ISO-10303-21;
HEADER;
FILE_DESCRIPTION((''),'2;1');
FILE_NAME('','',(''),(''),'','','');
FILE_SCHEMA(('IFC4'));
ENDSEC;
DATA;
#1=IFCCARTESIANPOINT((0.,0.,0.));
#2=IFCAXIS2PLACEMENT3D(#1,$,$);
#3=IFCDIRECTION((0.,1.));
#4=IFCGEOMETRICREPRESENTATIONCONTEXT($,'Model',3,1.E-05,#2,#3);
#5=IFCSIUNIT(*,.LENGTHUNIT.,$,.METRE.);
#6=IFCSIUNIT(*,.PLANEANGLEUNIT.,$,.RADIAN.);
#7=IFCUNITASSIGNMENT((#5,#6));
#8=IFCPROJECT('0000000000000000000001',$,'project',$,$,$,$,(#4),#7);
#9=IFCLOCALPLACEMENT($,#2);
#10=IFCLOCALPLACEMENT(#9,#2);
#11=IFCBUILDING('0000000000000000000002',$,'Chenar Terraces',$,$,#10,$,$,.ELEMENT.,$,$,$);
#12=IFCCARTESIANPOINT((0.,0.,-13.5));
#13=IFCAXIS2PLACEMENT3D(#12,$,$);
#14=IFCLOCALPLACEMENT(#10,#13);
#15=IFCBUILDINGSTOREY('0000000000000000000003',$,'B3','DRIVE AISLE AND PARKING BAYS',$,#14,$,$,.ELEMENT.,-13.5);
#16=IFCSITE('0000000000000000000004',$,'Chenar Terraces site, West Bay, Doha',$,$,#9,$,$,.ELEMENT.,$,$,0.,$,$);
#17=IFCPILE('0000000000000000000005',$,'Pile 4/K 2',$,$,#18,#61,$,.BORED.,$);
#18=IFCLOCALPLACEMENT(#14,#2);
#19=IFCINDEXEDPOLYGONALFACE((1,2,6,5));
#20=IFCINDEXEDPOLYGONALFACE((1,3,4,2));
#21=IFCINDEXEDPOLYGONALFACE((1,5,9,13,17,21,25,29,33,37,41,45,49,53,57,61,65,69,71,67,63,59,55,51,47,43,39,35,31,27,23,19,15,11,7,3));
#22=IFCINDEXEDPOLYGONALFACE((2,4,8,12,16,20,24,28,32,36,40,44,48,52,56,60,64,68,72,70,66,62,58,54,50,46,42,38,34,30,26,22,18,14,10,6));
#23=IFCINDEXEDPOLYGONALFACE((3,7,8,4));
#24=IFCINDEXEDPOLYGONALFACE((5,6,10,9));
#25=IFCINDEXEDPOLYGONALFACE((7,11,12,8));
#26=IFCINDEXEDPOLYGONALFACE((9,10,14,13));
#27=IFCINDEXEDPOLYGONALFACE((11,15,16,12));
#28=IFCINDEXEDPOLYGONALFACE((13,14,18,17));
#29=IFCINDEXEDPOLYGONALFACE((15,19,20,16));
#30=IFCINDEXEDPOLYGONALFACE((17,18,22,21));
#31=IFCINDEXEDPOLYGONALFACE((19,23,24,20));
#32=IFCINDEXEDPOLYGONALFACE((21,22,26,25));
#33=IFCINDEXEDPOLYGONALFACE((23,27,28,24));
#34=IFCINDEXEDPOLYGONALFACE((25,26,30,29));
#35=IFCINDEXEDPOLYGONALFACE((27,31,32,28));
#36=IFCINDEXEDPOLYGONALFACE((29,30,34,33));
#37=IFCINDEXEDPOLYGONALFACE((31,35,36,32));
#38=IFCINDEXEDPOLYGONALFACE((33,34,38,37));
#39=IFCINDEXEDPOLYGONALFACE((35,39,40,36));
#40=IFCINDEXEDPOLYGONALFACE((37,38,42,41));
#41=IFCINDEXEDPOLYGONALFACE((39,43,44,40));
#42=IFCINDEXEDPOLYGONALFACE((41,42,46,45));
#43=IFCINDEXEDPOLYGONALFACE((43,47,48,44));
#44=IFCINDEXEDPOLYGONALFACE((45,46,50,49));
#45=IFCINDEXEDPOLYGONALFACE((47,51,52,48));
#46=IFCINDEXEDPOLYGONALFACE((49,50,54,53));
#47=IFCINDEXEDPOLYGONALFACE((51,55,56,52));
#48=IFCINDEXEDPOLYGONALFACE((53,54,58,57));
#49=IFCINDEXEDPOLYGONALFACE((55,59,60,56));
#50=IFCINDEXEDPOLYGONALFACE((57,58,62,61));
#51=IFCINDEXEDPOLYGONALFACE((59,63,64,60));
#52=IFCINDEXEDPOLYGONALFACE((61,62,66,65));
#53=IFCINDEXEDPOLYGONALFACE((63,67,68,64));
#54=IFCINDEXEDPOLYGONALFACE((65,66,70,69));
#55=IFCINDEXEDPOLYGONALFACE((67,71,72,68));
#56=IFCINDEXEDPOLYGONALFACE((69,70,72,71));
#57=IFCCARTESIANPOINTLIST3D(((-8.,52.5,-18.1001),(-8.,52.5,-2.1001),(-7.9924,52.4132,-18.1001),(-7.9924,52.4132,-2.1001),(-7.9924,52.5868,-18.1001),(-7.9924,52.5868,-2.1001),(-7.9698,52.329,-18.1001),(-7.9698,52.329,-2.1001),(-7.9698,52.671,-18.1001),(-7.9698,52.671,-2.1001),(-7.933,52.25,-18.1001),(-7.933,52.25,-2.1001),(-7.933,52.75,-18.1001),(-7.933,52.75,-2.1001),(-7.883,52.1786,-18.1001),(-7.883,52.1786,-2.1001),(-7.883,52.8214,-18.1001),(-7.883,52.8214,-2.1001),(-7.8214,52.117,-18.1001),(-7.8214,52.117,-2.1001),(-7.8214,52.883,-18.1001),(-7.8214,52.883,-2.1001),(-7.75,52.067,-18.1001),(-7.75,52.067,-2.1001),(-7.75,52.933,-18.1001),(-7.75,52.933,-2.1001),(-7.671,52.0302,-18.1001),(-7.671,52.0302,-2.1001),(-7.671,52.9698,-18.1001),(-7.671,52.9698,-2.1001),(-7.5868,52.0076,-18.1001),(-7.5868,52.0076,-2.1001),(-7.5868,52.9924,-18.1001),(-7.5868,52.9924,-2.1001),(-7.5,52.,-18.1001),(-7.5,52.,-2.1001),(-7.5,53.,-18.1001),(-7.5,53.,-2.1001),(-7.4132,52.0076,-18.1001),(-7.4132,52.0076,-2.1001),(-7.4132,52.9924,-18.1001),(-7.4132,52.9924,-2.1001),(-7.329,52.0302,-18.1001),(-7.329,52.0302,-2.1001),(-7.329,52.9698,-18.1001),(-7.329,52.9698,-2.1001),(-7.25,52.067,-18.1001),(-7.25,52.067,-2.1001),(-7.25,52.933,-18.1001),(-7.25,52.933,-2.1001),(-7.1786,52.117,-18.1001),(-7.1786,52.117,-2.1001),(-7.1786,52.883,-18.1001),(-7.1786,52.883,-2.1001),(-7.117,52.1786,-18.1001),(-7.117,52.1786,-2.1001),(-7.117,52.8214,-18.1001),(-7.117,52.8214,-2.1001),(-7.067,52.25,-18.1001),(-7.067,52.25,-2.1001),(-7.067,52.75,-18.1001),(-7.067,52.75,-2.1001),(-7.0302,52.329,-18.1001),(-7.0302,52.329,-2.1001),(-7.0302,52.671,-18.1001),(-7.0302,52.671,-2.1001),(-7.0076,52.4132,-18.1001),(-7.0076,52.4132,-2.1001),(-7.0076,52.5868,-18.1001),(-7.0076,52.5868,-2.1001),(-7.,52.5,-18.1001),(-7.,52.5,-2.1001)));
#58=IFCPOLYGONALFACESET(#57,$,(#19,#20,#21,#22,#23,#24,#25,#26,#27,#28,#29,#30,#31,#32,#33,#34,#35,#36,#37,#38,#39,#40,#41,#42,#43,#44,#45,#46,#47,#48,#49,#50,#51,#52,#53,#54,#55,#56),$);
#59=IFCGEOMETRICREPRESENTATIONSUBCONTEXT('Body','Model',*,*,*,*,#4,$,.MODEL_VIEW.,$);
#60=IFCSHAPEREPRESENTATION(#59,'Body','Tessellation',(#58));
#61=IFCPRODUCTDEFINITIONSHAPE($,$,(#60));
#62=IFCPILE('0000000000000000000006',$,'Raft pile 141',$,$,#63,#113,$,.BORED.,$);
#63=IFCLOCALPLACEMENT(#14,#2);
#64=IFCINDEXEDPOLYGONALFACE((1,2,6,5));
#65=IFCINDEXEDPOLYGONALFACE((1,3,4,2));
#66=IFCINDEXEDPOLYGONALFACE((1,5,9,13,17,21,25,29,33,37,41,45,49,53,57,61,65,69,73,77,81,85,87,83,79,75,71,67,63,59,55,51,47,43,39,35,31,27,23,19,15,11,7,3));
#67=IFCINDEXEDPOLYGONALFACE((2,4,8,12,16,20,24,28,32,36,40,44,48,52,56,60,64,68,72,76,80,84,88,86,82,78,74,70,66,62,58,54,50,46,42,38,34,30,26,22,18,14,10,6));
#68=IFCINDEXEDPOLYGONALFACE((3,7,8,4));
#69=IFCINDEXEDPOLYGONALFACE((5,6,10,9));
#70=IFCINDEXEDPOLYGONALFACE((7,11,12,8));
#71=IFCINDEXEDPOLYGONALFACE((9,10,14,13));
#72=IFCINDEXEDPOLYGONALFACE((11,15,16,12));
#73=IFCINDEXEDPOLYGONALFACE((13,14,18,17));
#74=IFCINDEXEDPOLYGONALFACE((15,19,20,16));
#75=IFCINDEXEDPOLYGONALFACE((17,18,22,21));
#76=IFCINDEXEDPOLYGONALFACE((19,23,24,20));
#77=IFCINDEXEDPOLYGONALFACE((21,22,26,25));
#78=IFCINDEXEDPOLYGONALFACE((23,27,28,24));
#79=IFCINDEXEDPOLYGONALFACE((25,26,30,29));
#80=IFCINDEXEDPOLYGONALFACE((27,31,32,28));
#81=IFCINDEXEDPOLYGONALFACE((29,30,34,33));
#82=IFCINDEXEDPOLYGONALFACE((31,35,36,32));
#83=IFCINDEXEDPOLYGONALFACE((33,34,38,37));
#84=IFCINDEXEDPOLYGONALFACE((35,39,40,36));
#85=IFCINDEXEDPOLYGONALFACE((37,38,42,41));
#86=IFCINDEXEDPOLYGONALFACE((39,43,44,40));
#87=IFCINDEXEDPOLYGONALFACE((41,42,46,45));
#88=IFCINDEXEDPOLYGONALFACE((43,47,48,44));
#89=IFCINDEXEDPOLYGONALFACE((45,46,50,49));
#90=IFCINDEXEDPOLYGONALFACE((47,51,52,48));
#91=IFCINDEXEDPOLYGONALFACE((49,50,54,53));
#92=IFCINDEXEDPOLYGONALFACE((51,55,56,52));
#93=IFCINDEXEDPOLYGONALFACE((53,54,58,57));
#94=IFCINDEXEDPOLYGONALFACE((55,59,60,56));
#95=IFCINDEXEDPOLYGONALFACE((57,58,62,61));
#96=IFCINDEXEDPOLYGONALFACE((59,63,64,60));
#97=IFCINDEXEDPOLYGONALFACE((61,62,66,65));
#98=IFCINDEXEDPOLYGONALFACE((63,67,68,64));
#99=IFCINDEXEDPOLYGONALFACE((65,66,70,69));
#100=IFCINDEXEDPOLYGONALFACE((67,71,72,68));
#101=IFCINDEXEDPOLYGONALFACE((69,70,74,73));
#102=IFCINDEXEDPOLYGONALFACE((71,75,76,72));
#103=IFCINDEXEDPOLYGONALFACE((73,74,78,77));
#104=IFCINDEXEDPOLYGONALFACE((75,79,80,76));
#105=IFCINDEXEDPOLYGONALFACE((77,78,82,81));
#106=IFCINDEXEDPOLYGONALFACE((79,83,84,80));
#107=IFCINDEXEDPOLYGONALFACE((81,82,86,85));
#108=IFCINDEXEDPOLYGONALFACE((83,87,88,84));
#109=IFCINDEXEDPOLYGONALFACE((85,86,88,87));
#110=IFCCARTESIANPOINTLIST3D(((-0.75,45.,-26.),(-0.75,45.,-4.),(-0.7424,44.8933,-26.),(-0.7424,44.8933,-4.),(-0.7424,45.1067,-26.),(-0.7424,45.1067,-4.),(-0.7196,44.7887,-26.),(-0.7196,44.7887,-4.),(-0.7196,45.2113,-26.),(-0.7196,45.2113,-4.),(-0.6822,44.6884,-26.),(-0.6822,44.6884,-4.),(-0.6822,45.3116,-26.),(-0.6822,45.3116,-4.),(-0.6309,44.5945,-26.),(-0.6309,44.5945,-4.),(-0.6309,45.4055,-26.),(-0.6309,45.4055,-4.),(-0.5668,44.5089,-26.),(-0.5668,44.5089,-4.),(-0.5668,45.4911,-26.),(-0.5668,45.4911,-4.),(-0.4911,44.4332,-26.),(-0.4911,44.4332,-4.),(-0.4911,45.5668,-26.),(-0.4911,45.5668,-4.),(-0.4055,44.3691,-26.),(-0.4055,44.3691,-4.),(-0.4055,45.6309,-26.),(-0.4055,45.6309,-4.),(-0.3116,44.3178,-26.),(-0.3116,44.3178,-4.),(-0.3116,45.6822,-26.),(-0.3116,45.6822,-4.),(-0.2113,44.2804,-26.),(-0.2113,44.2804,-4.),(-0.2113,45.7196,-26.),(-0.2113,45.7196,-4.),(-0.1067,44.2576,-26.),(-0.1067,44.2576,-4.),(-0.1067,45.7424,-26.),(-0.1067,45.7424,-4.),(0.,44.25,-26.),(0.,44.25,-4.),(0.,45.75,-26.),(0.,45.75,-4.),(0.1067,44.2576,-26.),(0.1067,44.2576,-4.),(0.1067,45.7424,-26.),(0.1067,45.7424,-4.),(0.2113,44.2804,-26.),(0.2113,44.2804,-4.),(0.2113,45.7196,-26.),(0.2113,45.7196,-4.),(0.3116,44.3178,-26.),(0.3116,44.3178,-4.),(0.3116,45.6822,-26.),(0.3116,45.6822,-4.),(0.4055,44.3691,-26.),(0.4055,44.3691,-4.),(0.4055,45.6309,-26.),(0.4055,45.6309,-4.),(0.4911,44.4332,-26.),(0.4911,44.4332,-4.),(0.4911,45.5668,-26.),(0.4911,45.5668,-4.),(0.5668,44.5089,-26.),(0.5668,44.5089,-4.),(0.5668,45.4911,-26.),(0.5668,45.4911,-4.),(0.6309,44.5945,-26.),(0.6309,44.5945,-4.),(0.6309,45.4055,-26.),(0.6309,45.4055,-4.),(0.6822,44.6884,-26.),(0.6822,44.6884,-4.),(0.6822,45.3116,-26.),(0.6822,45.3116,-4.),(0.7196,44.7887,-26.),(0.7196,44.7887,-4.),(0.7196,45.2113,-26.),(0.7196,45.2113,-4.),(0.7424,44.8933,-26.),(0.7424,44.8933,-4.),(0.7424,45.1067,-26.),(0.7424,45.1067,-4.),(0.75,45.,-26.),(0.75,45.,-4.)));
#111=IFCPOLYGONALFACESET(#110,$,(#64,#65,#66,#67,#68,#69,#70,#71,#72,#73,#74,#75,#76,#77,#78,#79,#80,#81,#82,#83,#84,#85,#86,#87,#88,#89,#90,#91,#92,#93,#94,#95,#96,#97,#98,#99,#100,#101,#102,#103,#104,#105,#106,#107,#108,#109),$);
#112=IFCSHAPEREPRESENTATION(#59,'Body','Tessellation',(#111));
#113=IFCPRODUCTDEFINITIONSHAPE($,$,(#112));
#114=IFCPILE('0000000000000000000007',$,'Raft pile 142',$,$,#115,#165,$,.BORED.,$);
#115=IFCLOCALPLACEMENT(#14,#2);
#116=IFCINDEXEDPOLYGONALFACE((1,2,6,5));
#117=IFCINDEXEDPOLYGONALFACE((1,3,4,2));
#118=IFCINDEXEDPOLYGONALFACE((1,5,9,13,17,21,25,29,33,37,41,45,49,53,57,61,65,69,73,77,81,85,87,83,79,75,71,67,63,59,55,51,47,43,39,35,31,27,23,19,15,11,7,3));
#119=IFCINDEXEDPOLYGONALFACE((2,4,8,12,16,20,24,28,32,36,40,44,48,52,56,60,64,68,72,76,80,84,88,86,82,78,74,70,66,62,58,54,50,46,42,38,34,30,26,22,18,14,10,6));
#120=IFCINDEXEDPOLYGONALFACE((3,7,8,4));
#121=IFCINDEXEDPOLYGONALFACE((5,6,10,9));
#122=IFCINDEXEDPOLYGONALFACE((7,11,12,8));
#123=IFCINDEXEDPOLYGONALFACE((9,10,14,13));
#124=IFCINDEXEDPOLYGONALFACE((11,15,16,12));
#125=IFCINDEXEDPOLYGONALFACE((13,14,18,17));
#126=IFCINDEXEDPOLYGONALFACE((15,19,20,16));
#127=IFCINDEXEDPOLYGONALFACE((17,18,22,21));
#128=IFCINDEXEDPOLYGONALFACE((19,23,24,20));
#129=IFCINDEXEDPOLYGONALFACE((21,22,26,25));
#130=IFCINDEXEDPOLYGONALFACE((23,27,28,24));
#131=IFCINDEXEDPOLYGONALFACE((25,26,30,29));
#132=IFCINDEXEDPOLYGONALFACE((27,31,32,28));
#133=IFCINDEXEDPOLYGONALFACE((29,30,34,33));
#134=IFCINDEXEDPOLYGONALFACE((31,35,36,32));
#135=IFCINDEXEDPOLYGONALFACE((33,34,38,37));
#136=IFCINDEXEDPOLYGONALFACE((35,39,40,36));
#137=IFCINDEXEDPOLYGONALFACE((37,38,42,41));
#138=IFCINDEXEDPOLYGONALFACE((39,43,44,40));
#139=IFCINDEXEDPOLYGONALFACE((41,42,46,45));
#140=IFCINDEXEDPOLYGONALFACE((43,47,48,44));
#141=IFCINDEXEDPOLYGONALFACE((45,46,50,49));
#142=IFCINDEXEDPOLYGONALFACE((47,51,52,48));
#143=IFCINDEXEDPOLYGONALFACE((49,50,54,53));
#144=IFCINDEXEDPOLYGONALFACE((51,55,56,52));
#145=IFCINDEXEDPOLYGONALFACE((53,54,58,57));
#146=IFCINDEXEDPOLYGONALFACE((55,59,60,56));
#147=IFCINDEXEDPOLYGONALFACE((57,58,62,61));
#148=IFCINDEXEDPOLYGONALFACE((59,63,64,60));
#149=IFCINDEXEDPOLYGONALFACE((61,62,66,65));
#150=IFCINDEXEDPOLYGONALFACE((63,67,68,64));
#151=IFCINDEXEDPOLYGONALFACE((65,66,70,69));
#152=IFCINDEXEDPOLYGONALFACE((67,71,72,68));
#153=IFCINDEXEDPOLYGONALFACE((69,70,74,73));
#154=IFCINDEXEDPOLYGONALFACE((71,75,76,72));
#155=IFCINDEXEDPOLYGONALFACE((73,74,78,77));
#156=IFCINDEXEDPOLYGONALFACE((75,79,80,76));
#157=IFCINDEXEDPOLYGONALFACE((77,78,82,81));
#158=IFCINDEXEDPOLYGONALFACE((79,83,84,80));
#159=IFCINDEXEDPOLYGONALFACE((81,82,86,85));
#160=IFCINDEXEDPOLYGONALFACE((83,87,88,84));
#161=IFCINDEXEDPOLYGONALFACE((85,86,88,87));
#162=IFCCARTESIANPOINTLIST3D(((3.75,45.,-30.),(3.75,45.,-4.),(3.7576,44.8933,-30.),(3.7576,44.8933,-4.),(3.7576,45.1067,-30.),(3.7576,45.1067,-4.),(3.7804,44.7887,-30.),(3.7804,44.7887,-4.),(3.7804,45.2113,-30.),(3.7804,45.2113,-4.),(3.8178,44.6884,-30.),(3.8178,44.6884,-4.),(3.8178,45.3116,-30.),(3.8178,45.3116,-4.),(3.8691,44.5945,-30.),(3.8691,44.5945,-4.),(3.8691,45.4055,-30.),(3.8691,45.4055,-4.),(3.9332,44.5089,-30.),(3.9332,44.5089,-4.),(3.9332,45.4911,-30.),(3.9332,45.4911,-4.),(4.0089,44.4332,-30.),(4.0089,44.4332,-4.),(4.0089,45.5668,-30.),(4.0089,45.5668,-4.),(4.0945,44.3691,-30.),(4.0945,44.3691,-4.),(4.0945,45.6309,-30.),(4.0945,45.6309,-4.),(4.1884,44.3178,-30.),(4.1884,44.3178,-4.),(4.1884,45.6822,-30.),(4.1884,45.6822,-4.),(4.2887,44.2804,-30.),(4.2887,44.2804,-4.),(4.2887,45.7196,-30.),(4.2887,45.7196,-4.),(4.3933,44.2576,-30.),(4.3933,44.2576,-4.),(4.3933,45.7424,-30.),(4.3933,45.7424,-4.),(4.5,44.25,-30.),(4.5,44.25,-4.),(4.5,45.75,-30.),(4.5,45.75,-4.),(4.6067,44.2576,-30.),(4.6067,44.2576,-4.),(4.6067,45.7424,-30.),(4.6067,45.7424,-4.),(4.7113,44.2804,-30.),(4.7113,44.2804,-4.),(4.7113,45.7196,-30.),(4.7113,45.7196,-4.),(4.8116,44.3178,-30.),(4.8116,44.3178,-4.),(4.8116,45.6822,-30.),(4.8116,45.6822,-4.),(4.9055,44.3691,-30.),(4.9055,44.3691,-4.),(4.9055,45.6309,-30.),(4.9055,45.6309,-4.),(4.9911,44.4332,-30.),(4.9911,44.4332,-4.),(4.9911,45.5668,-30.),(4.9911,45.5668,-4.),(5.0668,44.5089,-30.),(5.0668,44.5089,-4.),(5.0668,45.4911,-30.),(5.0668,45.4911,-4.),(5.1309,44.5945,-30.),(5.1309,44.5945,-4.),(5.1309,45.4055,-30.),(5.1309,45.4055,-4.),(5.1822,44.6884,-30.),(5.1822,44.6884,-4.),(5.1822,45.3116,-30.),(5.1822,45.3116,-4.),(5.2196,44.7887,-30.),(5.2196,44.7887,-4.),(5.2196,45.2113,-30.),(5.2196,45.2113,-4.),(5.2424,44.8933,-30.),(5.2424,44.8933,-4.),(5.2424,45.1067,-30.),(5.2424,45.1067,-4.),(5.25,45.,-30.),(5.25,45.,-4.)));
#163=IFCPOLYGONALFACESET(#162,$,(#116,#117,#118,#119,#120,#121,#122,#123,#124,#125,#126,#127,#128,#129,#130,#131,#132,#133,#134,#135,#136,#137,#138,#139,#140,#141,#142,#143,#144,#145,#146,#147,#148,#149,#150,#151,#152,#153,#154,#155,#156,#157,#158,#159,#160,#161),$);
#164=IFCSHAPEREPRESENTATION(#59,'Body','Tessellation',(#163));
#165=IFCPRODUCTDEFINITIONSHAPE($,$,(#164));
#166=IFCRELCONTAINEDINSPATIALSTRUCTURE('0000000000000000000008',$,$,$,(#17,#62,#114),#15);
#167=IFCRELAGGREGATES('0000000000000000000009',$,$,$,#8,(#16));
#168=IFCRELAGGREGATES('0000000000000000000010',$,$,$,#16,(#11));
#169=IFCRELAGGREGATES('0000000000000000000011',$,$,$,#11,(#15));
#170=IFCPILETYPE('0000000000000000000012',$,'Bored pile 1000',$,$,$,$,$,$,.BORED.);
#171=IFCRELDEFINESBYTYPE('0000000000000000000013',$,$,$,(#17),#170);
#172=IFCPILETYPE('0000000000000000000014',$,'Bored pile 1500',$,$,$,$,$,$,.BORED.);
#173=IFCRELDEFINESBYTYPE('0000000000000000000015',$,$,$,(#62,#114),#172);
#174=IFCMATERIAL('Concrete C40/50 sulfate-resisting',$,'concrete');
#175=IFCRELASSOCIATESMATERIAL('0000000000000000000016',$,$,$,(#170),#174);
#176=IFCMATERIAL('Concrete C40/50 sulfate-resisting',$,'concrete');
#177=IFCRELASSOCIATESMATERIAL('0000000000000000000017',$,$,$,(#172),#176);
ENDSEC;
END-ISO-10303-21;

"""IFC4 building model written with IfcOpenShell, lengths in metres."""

from ifc_helpers import new_model, si_unit, direction, frame, origin, origin_2d, place, context, subcontext, project, spatial, circle, extrude, material, material_profile, profile_set, type_object, element, save


model = new_model("IFC4")

# Units and contexts
model_context = context("Model", 3, precision=1e-05, world=origin(), true_north=direction((0.0, 1.0)))
body_context = subcontext(model_context, "Body", "Model", "MODEL_VIEW")
ifc_project = project(units=[si_unit("LENGTHUNIT", "METRE"), si_unit("PLANEANGLEUNIT", "RADIAN")], contexts=[model_context])

# Site, building, storey
site_placement = place(None, origin())
site = spatial("IfcSite", under=ifc_project, at=site_placement, Name="Chenar Terraces site, West Bay, Doha", CompositionType="ELEMENT", RefElevation=0.0)
building_placement = place(site_placement, origin())
building = spatial("IfcBuilding", under=site, at=building_placement, Name="Chenar Terraces", CompositionType="ELEMENT")
storey_placement = place(building_placement, frame((0.0, 0.0, -13.5)))
storey = spatial("IfcBuildingStorey", under=building, at=storey_placement, Name="B3", Description="DRIVE AISLE AND PARKING BAYS", CompositionType="ELEMENT", Elevation=-13.5)

# Piles
ifc_material_1 = material(Name="Concrete C40/50 sulfate-resisting", Category="concrete")
ifc_material_profile_1 = material_profile(ifc_material_1, circle(Radius=0.5, at=origin_2d()), Name="BP 1000")
ifc_profile_set_1 = profile_set([ifc_material_profile_1], Name="Concrete C40/50 sulfate-resisting")
pile_type_1 = type_object("IfcPileType", Name="Bored pile 1000", PredefinedType="BORED", material=ifc_profile_set_1)
for number, where, z_axis, x_axis, name in (
    (1, (-7.5, 52.5, -2.1001), (0.0, 0.0, -1.0), (1.0, 0.0, 0.0), "Pile 4/K 2"),
):
    element("IfcPile", number, at=place(storey_placement, frame(where, z_axis=z_axis, x_axis=x_axis)), inside=storey, type_object=pile_type_1, Name=name, PredefinedType="BORED", context=body_context, shape_type="SweptSolid", body=[
        extrude(circle(Radius=0.5, at=origin_2d()), origin(), (0.0, 0.0, 1.0), 16.0),
    ])
ifc_material_2 = material(Name="Concrete C40/50 sulfate-resisting", Category="concrete")
ifc_material_profile_2 = material_profile(ifc_material_2, circle(Radius=0.75, at=origin_2d()), Name="BP 1500")
ifc_profile_set_2 = profile_set([ifc_material_profile_2], Name="Concrete C40/50 sulfate-resisting")
pile_type_2 = type_object("IfcPileType", Name="Bored pile 1500", PredefinedType="BORED", material=ifc_profile_set_2)
pile_1_placement = place(storey_placement, frame((0.0, 45.0, -4.0), z_axis=(0.0, 0.0, -1.0), x_axis=(1.0, 0.0, 0.0)))
element("IfcPile", 2, at=pile_1_placement, inside=storey, type_object=pile_type_2, Name="Raft pile 141", PredefinedType="BORED", context=body_context, shape_type="SweptSolid", body=[
    extrude(circle(Radius=0.75, at=origin_2d()), origin(), (0.0, 0.0, 1.0), 22.0),
])
pile_2_placement = place(storey_placement, frame((4.5, 45.0, -4.0), z_axis=(0.0, 0.0, -1.0), x_axis=(1.0, 0.0, 0.0)))
element("IfcPile", 3, at=pile_2_placement, inside=storey, type_object=pile_type_2, Name="Raft pile 142", PredefinedType="BORED", context=body_context, shape_type="SweptSolid", body=[
    extrude(circle(Radius=0.75, at=origin_2d()), origin(), (0.0, 0.0, 1.0), 26.0),
])

save(model, "model.ifc")
